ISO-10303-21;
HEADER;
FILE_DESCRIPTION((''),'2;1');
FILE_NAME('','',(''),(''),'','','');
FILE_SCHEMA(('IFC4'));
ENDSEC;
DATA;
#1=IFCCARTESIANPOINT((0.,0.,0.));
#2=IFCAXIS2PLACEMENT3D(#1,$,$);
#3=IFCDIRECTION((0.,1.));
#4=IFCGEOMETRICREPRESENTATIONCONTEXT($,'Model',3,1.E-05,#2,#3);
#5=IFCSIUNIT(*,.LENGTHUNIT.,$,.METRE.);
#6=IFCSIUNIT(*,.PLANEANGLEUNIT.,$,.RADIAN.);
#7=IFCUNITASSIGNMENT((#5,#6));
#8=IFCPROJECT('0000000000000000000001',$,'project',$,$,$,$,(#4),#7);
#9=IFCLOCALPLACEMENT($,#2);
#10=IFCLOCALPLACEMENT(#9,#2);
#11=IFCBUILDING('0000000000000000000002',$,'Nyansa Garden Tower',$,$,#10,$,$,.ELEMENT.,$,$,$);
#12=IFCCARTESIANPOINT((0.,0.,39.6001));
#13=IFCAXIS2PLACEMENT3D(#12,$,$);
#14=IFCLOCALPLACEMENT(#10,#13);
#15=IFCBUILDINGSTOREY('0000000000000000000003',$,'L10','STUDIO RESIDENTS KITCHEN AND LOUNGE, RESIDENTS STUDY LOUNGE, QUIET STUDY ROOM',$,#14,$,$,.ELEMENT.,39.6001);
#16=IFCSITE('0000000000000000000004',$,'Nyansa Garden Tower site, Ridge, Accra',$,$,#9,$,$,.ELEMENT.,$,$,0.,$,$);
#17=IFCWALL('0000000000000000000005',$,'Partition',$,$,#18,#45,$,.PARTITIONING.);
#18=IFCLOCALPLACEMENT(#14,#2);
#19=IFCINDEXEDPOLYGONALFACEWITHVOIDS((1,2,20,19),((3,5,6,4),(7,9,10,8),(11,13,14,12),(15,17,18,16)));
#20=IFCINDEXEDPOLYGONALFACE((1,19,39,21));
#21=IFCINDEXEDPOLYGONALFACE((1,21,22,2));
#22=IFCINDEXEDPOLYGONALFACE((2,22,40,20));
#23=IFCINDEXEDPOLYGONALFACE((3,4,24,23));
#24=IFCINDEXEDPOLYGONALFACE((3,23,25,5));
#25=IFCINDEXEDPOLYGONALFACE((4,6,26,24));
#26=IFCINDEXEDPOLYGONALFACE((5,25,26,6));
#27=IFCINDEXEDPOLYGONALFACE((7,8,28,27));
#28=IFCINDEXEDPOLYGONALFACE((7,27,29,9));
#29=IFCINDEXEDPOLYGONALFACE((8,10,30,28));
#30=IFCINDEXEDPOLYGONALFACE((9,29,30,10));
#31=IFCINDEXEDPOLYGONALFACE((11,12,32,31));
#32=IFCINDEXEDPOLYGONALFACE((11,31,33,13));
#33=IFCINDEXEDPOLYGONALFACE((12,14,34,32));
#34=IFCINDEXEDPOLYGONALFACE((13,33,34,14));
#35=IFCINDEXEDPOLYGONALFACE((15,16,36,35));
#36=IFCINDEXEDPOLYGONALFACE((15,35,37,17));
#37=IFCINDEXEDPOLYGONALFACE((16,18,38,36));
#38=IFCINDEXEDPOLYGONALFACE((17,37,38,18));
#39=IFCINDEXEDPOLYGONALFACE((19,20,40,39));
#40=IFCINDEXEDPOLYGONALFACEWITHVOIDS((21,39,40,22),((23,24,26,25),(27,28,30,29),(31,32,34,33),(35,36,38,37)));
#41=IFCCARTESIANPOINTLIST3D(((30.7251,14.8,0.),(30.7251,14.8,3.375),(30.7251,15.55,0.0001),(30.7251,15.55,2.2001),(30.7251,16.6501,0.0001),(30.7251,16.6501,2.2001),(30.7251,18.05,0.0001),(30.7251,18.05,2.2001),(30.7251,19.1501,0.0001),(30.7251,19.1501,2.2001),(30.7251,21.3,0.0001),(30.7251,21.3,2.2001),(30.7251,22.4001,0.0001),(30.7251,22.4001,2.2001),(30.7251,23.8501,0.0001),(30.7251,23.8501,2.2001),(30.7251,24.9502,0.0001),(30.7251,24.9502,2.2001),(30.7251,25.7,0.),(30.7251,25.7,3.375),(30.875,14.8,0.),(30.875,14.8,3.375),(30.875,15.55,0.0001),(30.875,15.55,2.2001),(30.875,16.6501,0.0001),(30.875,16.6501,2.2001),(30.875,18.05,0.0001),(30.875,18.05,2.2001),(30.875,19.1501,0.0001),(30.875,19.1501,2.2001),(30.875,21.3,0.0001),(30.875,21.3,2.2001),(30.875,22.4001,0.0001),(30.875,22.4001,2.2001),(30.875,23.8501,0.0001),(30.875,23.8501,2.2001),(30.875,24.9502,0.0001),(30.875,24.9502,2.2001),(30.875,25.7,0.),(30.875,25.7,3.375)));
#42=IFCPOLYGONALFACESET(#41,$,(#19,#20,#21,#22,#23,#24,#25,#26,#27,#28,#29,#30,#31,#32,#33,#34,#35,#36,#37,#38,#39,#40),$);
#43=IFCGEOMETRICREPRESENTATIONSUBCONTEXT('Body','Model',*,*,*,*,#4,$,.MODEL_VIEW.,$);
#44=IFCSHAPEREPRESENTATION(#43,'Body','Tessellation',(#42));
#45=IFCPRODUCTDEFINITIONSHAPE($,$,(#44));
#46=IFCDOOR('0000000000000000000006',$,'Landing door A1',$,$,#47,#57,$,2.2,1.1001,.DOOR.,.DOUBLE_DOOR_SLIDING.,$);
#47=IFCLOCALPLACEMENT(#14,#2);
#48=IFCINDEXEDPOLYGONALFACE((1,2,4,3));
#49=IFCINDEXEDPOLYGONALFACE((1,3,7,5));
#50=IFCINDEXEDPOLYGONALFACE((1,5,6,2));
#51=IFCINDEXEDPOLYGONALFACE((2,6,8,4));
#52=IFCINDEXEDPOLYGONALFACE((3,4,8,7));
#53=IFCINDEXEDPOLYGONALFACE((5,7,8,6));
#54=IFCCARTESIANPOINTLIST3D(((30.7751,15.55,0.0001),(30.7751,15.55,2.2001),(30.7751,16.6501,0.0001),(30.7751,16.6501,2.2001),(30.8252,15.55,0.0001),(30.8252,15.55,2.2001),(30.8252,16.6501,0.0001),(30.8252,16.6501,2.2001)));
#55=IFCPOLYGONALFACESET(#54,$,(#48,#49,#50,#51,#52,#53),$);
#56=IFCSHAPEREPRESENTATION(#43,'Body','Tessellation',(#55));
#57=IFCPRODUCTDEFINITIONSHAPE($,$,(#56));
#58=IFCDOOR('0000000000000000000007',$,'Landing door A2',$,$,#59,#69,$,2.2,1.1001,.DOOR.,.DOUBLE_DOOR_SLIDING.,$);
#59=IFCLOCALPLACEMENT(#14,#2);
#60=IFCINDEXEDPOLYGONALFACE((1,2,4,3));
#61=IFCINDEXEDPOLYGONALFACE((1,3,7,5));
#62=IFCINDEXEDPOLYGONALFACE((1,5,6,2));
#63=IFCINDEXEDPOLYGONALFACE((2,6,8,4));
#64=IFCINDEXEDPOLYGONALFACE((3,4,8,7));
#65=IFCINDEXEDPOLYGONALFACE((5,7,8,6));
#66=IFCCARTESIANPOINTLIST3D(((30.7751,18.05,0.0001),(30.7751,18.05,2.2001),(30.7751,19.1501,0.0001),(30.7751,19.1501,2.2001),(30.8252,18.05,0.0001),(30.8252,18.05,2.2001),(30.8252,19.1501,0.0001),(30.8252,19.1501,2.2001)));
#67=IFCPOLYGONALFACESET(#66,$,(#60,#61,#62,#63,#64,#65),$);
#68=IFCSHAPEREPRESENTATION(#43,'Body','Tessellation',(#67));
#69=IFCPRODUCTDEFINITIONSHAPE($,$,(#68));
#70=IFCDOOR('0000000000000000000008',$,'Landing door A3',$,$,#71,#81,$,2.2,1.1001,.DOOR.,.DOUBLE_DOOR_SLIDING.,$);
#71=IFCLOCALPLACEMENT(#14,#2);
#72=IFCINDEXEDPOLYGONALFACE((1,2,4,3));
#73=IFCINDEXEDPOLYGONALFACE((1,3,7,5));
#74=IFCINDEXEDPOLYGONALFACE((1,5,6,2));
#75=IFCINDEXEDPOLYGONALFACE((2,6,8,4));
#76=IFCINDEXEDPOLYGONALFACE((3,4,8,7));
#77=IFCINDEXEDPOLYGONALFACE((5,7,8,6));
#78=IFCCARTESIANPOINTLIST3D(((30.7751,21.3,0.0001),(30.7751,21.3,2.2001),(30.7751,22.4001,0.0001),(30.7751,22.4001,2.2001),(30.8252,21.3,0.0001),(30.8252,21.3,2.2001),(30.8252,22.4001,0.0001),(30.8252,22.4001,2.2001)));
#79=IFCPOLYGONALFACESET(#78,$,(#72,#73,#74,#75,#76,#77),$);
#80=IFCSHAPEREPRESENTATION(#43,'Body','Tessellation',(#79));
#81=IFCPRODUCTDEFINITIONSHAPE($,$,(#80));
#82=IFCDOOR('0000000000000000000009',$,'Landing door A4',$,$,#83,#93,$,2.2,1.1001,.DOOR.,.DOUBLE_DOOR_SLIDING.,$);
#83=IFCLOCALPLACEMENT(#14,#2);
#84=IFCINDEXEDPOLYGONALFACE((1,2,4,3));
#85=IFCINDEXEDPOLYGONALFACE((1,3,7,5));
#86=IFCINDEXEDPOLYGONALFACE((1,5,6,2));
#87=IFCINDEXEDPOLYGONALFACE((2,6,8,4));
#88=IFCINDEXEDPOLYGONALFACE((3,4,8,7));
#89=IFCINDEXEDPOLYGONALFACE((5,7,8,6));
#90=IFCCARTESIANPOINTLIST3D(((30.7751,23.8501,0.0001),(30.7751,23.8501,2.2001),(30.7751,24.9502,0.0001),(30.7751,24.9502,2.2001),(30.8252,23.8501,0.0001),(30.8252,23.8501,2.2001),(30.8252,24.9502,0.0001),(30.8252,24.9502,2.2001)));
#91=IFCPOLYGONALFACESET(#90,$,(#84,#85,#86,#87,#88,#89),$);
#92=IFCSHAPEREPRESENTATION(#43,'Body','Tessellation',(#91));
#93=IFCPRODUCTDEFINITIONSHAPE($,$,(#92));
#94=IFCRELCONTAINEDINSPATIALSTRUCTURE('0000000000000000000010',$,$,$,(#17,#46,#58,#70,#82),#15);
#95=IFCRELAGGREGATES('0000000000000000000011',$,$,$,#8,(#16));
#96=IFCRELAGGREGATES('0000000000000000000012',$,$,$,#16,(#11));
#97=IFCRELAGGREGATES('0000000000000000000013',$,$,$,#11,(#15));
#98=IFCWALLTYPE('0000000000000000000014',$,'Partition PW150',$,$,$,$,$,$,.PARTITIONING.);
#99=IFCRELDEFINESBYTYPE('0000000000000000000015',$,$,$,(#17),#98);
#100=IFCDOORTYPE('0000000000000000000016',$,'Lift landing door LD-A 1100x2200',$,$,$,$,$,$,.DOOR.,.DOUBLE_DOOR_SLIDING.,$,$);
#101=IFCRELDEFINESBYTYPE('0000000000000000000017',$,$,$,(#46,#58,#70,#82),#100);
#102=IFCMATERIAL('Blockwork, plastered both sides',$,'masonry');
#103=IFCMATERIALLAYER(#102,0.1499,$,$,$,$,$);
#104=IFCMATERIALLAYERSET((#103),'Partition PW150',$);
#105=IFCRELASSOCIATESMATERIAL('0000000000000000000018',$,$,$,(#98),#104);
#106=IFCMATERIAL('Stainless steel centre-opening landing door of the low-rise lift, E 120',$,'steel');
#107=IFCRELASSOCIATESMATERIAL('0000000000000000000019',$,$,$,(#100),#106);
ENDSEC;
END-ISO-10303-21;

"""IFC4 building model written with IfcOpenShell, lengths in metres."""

from ifc_helpers import new_model, si_unit, direction, frame, frame_2d, origin, place, context, subcontext, project, spatial, rectangle, extrude, material, layer, layer_set, type_object, element, fill, save


model = new_model("IFC4")

# Units and contexts
model_context = context("Model", 3, precision=1e-05, world=origin(), true_north=direction((0.0, 1.0)))
body_context = subcontext(model_context, "Body", "Model", "MODEL_VIEW")
ifc_project = project(units=[si_unit("LENGTHUNIT", "METRE"), si_unit("PLANEANGLEUNIT", "RADIAN")], contexts=[model_context])

# Site, building, storey
site_placement = place(None, origin())
site = spatial("IfcSite", under=ifc_project, at=site_placement, Name="Nyansa Garden Tower site, Ridge, Accra", CompositionType="ELEMENT", RefElevation=0.0)
building_placement = place(site_placement, origin())
building = spatial("IfcBuilding", under=site, at=building_placement, Name="Nyansa Garden Tower", CompositionType="ELEMENT")
storey_placement = place(building_placement, frame((0.0, 0.0, 39.6001)))
storey = spatial("IfcBuildingStorey", under=building, at=storey_placement, Name="L10", Description="STUDIO RESIDENTS KITCHEN AND LOUNGE, RESIDENTS STUDY LOUNGE, QUIET STUDY ROOM", CompositionType="ELEMENT", Elevation=39.6001)

# Shared definitions
ifc_material_1 = material(Name="Blockwork, plastered both sides", Category="masonry")
ifc_layer_1 = layer(ifc_material_1, 0.1499)
ifc_layer_set_1 = layer_set([ifc_layer_1], Name="Partition PW150")
wall_type_1 = type_object("IfcWallType", Name="Partition PW150", PredefinedType="PARTITIONING", material=ifc_layer_set_1)

# Wall, openings, doors
wall_1_placement = place(storey_placement, frame((30.8, 14.8, 0.0), z_axis=(0.0, 0.0, 1.0), x_axis=(0.0, 1.0, 0.0)))
wall_1 = element("IfcWall", 1, at=wall_1_placement, inside=storey, type_object=wall_type_1, Name="Partition", PredefinedType="PARTITIONING", context=body_context, shape_type="SweptSolid", body=[
    extrude(rectangle(XDim=10.8999, YDim=0.1499, at=frame_2d((5.45, 0.0))), origin(), (0.0, 0.0, 1.0), 3.375),
])
opening_1_placement = place(wall_1_placement, frame((0.75, 0.0, 0.0)))
opening_1 = element("IfcOpeningElement", 2, at=opening_1_placement, cuts=wall_1, PredefinedType="OPENING", context=body_context, shape_type="SweptSolid", body=[
    extrude(rectangle(XDim=1.1001, YDim=2.2, at=frame_2d((0.55, 1.1001))), frame((0.0, 0.085, 0.0), z_axis=(0.0, -1.0, 0.0), x_axis=(1.0, 0.0, 0.0)), (0.0, 0.0, 1.0), 0.1699),
])
opening_2_placement = place(wall_1_placement, frame((3.25, 0.0, 0.0)))
opening_2 = element("IfcOpeningElement", 3, at=opening_2_placement, cuts=wall_1, PredefinedType="OPENING", context=body_context, shape_type="SweptSolid", body=[
    extrude(rectangle(XDim=1.1001, YDim=2.2, at=frame_2d((0.55, 1.1001))), frame((0.0, 0.085, 0.0), z_axis=(0.0, -1.0, 0.0), x_axis=(1.0, 0.0, 0.0)), (0.0, 0.0, 1.0), 0.1699),
])
opening_3_placement = place(wall_1_placement, frame((6.5, 0.0, 0.0)))
opening_3 = element("IfcOpeningElement", 4, at=opening_3_placement, cuts=wall_1, PredefinedType="OPENING", context=body_context, shape_type="SweptSolid", body=[
    extrude(rectangle(XDim=1.1001, YDim=2.2, at=frame_2d((0.55, 1.1001))), frame((0.0, 0.085, 0.0), z_axis=(0.0, -1.0, 0.0), x_axis=(1.0, 0.0, 0.0)), (0.0, 0.0, 1.0), 0.1699),
])
opening_4_placement = place(wall_1_placement, frame((9.05, 0.0, 0.0)))
opening_4 = element("IfcOpeningElement", 5, at=opening_4_placement, cuts=wall_1, PredefinedType="OPENING", context=body_context, shape_type="SweptSolid", body=[
    extrude(rectangle(XDim=1.1001, YDim=2.2, at=frame_2d((0.55, 1.1001))), frame((0.0, 0.085, 0.0), z_axis=(0.0, -1.0, 0.0), x_axis=(1.0, 0.0, 0.0)), (0.0, 0.0, 1.0), 0.1699),
])
ifc_material_2 = material(Name="Stainless steel centre-opening landing door of the low-rise lift, E 120", Category="steel")
door_type_1 = type_object("IfcDoorType", Name="Lift landing door LD-A 1100x2200", OperationType="DOUBLE_DOOR_SLIDING", PredefinedType="DOOR", material=ifc_material_2)
door_1_placement = place(opening_1_placement, origin())
door_1 = element("IfcDoor", 6, at=door_1_placement, inside=storey, type_object=door_type_1, Name="Landing door A1", OperationType="DOUBLE_DOOR_SLIDING", OverallHeight=2.2, OverallWidth=1.1001, PredefinedType="DOOR", context=body_context, shape_type="SweptSolid", body=[
    extrude(rectangle(XDim=1.1001, YDim=2.2, at=frame_2d((0.55, 1.1001))), frame((0.0, 0.0249, 0.0), z_axis=(0.0, -1.0, 0.0), x_axis=(1.0, 0.0, 0.0)), (0.0, 0.0, 1.0), 0.05),
])
fill(opening_1, door_1)
door_2_placement = place(opening_2_placement, origin())
door_2 = element("IfcDoor", 7, at=door_2_placement, inside=storey, type_object=door_type_1, Name="Landing door A2", OperationType="DOUBLE_DOOR_SLIDING", OverallHeight=2.2, OverallWidth=1.1001, PredefinedType="DOOR", context=body_context, shape_type="SweptSolid", body=[
    extrude(rectangle(XDim=1.1001, YDim=2.2, at=frame_2d((0.55, 1.1001))), frame((0.0, 0.0249, 0.0), z_axis=(0.0, -1.0, 0.0), x_axis=(1.0, 0.0, 0.0)), (0.0, 0.0, 1.0), 0.05),
])
fill(opening_2, door_2)
door_3_placement = place(opening_3_placement, origin())
door_3 = element("IfcDoor", 8, at=door_3_placement, inside=storey, type_object=door_type_1, Name="Landing door A3", OperationType="DOUBLE_DOOR_SLIDING", OverallHeight=2.2, OverallWidth=1.1001, PredefinedType="DOOR", context=body_context, shape_type="SweptSolid", body=[
    extrude(rectangle(XDim=1.1001, YDim=2.2, at=frame_2d((0.55, 1.1001))), frame((0.0, 0.0249, 0.0), z_axis=(0.0, -1.0, 0.0), x_axis=(1.0, 0.0, 0.0)), (0.0, 0.0, 1.0), 0.05),
])
fill(opening_3, door_3)
door_4_placement = place(opening_4_placement, origin())
door_4 = element("IfcDoor", 9, at=door_4_placement, inside=storey, type_object=door_type_1, Name="Landing door A4", OperationType="DOUBLE_DOOR_SLIDING", OverallHeight=2.2, OverallWidth=1.1001, PredefinedType="DOOR", context=body_context, shape_type="SweptSolid", body=[
    extrude(rectangle(XDim=1.1001, YDim=2.2, at=frame_2d((0.55, 1.1001))), frame((0.0, 0.0249, 0.0), z_axis=(0.0, -1.0, 0.0), x_axis=(1.0, 0.0, 0.0)), (0.0, 0.0, 1.0), 0.05),
])
fill(opening_4, door_4)

save(model, "model.ifc")
